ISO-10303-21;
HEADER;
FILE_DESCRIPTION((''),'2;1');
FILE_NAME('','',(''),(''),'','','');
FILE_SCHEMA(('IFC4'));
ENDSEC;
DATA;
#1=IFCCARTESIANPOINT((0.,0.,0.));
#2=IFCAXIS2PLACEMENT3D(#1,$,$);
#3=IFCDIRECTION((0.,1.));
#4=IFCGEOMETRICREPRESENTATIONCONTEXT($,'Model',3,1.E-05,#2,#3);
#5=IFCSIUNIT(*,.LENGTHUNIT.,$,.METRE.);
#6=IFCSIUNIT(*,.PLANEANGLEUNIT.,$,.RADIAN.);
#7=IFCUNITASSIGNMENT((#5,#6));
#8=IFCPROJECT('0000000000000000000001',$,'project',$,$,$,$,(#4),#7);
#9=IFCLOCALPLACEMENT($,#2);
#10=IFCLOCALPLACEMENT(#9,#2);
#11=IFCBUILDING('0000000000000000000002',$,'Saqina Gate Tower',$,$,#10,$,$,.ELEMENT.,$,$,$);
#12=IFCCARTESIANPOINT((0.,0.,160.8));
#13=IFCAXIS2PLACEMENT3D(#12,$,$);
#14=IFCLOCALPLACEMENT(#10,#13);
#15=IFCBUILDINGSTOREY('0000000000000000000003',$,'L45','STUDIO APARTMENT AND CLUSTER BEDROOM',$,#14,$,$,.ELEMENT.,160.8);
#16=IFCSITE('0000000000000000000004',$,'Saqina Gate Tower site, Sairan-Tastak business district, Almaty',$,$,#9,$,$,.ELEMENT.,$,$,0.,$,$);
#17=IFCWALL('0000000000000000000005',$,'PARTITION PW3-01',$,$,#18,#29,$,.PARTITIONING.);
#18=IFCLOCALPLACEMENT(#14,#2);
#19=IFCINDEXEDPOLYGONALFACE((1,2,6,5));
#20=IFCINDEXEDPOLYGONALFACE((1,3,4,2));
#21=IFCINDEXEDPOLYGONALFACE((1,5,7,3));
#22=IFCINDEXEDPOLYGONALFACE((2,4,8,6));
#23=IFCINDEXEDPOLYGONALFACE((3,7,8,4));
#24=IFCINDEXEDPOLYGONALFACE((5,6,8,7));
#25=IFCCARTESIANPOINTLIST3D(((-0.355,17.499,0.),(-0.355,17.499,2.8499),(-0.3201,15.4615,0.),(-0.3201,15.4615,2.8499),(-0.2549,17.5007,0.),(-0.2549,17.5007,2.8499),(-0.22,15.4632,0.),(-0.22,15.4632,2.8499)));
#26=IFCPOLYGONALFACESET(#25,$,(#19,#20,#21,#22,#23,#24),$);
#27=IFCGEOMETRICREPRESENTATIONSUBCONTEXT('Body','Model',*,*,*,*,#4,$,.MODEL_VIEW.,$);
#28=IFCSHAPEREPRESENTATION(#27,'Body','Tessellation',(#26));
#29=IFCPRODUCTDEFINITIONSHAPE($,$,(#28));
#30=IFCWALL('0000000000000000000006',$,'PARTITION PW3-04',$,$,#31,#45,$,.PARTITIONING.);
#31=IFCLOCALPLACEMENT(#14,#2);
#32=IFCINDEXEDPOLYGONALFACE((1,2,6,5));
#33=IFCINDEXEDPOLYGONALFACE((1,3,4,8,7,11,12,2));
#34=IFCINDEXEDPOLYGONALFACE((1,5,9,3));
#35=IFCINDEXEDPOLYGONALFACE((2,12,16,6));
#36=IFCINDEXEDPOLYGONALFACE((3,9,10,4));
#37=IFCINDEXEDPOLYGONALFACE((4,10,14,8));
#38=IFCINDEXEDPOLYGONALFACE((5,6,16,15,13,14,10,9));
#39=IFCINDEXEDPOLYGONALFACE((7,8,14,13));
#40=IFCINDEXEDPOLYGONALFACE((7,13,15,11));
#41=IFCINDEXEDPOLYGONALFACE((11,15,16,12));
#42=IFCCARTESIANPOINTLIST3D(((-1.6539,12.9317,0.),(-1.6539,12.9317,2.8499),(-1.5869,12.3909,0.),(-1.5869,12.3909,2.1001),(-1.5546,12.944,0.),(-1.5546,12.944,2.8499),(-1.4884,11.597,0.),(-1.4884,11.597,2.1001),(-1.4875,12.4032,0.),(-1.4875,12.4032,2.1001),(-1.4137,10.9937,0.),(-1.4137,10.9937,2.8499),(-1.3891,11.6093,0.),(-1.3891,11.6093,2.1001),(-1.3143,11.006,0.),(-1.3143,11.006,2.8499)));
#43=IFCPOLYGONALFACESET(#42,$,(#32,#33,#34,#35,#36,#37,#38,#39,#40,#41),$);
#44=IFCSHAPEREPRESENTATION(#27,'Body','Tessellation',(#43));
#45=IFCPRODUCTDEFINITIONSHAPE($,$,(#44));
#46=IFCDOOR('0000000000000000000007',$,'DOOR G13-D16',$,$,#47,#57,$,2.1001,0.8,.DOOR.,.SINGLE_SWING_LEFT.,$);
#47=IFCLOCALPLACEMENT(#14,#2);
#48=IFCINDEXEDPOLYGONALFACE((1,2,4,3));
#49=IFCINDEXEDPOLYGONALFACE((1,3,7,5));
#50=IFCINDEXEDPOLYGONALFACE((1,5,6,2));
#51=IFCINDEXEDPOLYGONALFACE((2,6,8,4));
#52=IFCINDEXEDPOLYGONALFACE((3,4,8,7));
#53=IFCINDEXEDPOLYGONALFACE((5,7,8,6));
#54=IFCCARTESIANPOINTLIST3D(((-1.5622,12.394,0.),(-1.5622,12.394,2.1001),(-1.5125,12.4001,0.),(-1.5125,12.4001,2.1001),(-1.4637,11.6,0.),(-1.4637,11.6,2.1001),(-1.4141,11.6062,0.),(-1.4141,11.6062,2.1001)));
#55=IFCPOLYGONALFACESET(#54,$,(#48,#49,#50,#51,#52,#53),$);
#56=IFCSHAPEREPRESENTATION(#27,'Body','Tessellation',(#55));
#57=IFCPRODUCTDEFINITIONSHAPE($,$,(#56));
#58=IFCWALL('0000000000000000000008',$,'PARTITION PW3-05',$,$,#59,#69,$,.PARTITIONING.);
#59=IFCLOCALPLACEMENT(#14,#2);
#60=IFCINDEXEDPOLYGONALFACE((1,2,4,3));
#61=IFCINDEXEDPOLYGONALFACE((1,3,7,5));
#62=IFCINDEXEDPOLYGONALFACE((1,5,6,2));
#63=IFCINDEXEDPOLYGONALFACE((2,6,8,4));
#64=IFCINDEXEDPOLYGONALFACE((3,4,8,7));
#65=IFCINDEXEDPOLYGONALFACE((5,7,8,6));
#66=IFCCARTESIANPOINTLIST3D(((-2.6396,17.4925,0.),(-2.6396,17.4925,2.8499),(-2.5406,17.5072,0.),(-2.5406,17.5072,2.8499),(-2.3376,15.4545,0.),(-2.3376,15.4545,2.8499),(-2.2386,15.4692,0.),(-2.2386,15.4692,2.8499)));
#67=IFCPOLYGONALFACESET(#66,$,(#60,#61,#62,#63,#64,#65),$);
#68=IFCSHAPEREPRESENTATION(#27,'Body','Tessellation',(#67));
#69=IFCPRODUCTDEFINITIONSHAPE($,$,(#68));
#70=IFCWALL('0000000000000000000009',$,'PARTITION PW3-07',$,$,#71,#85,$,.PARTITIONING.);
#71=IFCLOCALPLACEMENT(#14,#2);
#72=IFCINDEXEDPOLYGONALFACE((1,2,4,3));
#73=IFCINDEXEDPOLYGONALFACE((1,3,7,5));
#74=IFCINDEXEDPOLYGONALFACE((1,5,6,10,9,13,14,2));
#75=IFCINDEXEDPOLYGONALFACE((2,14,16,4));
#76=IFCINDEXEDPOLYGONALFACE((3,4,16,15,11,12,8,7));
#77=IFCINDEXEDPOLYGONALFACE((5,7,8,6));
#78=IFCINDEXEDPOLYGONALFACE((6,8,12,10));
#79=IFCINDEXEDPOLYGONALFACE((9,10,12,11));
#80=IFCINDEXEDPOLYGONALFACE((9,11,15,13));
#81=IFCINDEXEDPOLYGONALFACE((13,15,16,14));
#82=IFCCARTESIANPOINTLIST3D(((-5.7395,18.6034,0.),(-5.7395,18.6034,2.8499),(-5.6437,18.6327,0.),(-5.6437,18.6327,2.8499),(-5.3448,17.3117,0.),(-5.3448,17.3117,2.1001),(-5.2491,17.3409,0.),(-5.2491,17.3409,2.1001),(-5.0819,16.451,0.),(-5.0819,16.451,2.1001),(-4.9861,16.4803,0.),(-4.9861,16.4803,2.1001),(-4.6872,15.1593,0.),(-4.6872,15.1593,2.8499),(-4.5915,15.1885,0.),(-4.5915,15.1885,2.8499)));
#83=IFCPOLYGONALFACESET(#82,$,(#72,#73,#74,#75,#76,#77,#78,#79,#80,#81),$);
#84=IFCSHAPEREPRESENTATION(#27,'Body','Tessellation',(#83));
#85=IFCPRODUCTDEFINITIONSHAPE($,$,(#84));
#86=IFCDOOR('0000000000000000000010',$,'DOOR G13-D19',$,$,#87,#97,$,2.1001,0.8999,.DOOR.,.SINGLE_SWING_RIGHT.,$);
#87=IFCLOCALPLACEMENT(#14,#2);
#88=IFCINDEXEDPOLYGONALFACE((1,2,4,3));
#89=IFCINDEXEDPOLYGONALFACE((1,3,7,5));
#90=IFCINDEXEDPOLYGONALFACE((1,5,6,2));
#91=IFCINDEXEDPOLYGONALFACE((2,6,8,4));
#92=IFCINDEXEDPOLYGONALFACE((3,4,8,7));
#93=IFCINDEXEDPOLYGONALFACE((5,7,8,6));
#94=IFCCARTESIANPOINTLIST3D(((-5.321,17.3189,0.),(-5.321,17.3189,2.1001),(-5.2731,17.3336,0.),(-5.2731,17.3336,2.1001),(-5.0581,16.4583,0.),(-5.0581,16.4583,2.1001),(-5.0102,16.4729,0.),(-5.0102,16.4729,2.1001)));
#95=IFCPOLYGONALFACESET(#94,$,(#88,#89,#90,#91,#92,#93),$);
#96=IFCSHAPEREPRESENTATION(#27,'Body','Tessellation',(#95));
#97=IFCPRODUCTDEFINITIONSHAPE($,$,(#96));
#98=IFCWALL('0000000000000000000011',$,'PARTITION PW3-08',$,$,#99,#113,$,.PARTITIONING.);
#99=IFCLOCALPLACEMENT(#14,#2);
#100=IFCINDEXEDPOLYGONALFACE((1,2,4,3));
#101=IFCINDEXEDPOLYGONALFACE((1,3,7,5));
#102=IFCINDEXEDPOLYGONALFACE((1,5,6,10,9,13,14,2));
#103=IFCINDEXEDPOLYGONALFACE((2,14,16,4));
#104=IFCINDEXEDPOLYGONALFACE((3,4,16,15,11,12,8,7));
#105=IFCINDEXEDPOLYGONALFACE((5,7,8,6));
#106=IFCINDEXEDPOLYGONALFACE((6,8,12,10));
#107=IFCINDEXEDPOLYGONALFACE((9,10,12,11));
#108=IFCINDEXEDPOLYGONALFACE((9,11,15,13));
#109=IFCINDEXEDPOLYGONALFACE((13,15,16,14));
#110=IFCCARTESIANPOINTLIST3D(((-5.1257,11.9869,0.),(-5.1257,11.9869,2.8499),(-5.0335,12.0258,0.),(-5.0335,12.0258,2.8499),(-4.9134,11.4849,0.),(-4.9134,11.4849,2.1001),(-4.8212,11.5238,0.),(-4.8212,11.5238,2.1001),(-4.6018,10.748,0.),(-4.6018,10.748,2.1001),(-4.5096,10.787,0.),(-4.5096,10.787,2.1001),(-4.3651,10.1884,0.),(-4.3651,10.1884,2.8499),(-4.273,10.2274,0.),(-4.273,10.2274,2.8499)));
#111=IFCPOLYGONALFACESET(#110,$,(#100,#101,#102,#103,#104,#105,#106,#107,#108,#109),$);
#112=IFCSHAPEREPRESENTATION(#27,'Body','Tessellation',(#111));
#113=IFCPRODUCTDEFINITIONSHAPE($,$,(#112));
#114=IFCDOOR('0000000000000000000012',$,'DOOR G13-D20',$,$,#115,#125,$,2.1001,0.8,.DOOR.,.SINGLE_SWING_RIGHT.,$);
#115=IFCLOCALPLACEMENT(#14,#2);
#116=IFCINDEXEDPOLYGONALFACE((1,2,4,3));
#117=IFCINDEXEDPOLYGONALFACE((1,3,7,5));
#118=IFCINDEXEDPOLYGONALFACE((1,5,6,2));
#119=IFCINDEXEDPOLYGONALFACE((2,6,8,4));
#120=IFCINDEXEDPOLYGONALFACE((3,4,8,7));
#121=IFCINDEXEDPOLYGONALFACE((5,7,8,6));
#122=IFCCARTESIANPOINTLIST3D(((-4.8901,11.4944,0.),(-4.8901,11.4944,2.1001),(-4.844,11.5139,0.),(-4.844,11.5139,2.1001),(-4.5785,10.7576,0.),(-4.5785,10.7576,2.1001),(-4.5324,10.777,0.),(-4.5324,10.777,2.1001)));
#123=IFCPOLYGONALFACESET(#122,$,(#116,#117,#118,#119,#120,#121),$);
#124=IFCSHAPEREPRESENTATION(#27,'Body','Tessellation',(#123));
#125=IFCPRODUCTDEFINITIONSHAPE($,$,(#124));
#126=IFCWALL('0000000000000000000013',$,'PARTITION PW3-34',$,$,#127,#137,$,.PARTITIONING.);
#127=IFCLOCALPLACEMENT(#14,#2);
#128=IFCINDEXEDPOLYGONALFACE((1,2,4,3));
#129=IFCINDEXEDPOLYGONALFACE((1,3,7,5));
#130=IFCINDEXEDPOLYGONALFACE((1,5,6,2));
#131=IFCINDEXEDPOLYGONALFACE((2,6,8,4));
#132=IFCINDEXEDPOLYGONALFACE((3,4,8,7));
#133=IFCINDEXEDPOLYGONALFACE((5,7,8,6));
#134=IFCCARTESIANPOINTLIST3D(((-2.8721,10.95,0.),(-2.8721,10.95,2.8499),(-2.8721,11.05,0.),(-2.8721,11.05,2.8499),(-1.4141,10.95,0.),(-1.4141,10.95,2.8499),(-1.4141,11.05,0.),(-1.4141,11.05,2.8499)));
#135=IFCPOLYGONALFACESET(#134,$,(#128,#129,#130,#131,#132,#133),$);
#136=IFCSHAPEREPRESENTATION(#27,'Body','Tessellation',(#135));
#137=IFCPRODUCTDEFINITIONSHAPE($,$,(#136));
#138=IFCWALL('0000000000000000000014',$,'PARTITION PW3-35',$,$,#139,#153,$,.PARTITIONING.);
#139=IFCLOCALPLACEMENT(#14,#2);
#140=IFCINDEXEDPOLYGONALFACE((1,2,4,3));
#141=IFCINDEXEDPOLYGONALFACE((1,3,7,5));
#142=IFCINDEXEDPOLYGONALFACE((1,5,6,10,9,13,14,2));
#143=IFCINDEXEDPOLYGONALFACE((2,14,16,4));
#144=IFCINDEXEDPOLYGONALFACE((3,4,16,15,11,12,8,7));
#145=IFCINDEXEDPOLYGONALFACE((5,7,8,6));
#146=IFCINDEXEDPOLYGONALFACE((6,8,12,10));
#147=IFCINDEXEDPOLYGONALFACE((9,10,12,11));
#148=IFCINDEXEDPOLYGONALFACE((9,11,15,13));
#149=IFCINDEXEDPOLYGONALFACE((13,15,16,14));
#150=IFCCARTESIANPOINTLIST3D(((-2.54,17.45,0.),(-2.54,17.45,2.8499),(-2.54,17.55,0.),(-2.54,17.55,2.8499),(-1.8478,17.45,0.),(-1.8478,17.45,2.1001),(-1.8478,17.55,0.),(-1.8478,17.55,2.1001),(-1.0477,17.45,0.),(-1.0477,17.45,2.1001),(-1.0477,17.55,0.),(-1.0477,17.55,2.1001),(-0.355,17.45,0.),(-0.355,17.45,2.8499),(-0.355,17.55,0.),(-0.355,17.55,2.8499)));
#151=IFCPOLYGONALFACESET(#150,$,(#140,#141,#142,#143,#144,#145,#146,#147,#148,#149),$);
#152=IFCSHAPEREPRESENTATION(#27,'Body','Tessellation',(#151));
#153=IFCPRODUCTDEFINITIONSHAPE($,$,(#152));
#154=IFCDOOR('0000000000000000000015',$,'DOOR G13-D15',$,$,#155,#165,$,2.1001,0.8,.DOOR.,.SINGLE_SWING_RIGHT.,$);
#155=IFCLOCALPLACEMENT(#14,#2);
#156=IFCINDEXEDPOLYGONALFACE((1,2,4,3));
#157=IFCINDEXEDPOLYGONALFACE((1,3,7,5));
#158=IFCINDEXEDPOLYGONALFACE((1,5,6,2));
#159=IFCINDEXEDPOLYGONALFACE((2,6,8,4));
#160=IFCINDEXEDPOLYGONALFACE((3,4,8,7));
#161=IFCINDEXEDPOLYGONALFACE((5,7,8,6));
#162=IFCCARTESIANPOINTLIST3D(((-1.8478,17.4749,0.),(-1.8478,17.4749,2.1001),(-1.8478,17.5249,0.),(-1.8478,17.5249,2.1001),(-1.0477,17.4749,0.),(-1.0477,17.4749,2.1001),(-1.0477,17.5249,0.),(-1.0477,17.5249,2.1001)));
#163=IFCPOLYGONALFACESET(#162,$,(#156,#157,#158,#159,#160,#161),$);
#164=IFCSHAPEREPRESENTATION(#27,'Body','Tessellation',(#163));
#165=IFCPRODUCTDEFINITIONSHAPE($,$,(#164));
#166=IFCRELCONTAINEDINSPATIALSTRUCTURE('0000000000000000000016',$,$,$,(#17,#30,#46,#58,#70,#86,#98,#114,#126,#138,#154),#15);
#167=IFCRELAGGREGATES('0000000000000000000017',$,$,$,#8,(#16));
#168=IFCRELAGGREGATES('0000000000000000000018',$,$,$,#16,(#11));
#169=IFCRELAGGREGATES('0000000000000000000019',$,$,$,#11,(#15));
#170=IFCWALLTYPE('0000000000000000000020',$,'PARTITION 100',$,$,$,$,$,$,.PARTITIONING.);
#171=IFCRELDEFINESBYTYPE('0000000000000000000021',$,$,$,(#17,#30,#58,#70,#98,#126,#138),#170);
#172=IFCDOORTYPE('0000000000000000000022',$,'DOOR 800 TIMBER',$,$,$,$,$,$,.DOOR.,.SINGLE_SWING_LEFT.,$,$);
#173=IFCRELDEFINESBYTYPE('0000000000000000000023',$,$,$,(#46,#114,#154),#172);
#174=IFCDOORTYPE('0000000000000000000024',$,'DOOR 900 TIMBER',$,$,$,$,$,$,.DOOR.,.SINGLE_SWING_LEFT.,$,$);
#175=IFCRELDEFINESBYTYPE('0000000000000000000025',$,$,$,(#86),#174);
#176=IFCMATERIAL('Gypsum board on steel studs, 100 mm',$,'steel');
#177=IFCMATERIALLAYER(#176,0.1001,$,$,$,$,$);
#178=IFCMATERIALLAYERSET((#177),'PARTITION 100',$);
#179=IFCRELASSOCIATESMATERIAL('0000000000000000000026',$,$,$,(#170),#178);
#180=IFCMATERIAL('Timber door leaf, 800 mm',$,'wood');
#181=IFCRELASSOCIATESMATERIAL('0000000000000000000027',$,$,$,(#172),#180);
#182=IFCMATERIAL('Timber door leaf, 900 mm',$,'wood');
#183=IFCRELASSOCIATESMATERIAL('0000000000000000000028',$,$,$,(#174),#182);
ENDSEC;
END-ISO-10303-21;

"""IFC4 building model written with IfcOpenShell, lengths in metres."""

from ifc_helpers import new_model, si_unit, direction, frame, frame_2d, origin, place, context, subcontext, project, spatial, rectangle, extrude, material, layer, layer_set, type_object, element, fill, save


model = new_model("IFC4")

# Units and contexts
model_context = context("Model", 3, precision=1e-05, world=origin(), true_north=direction((0.0, 1.0)))
body_context = subcontext(model_context, "Body", "Model", "MODEL_VIEW")
ifc_project = project(units=[si_unit("LENGTHUNIT", "METRE"), si_unit("PLANEANGLEUNIT", "RADIAN")], contexts=[model_context])

# Site, building, storey
site_placement = place(None, origin())
site = spatial("IfcSite", under=ifc_project, at=site_placement, Name="Saqina Gate Tower site, Sairan-Tastak business district, Almaty", CompositionType="ELEMENT", RefElevation=0.0)
building_placement = place(site_placement, origin())
building = spatial("IfcBuilding", under=site, at=building_placement, Name="Saqina Gate Tower", CompositionType="ELEMENT")
storey_placement = place(building_placement, frame((0.0, 0.0, 160.8)))
storey = spatial("IfcBuildingStorey", under=building, at=storey_placement, Name="L45", Description="STUDIO APARTMENT AND CLUSTER BEDROOM", CompositionType="ELEMENT", Elevation=160.8)

# Wall
ifc_material_1 = material(Name="Gypsum board on steel studs, 100 mm", Category="steel")
ifc_layer_1 = layer(ifc_material_1, 0.1001)
ifc_layer_set_1 = layer_set([ifc_layer_1], Name="PARTITION 100")
wall_type_1 = type_object("IfcWallType", Name="PARTITION 100", PredefinedType="PARTITIONING", material=ifc_layer_set_1)
wall_1_placement = place(storey_placement, frame((-0.3049, 17.5, 0.0), z_axis=(0.0, 0.0, 1.0), x_axis=(0.017131, -0.999853, 0.0)))
element("IfcWall", 1, at=wall_1_placement, inside=storey, type_object=wall_type_1, Name="PARTITION PW3-01", PredefinedType="PARTITIONING", context=body_context, shape_type="SweptSolid", body=[
    extrude(rectangle(XDim=2.0378, YDim=0.1001, at=frame_2d((1.019, 0.0))), origin(), (0.0, 0.0, 1.0), 2.8499),
])

# Wall, opening, door
wall_2_placement = place(storey_placement, frame((-1.6042, 12.938, 0.0), z_axis=(0.0, 0.0, 1.0), x_axis=(0.123019, -0.992404, 0.0)))
wall_2 = element("IfcWall", 2, at=wall_2_placement, inside=storey, type_object=wall_type_1, Name="PARTITION PW3-04", PredefinedType="PARTITIONING", context=body_context, shape_type="SweptSolid", body=[
    extrude(rectangle(XDim=1.9529, YDim=0.1001, at=frame_2d((0.9766, 0.0))), origin(), (0.0, 0.0, 1.0), 2.8499),
])
opening_1_placement = place(wall_2_placement, frame((0.5452, 0.0, 0.0)))
opening_1 = element("IfcOpeningElement", 3, at=opening_1_placement, cuts=wall_2, PredefinedType="OPENING", context=body_context, shape_type="SweptSolid", body=[
    extrude(rectangle(XDim=0.8, YDim=2.1001, at=frame_2d((0.3999, 1.05))), frame((0.0, 0.062, 0.0), z_axis=(0.0, -1.0, 0.0), x_axis=(1.0, 0.0, 0.0)), (0.0, 0.0, 1.0), 0.124),
])
ifc_material_2 = material(Name="Timber door leaf, 800 mm", Category="wood")
door_type_1 = type_object("IfcDoorType", Name="DOOR 800 TIMBER", OperationType="SINGLE_SWING_LEFT", PredefinedType="DOOR", material=ifc_material_2)
door_1_placement = place(opening_1_placement, origin())
door_1 = element("IfcDoor", 4, at=door_1_placement, inside=storey, type_object=door_type_1, Name="DOOR G13-D16", OperationType="SINGLE_SWING_LEFT", OverallHeight=2.1001, OverallWidth=0.8, PredefinedType="DOOR", context=body_context, shape_type="SweptSolid", body=[
    extrude(rectangle(XDim=0.8, YDim=2.1001, at=frame_2d((0.3999, 1.05))), frame((0.0, 0.0249, 0.0), z_axis=(0.0, -1.0, 0.0), x_axis=(1.0, 0.0, 0.0)), (0.0, 0.0, 1.0), 0.05),
])
fill(opening_1, door_1)

# Wall
wall_3_placement = place(storey_placement, frame((-2.5901, 17.5, 0.0), z_axis=(0.0, 0.0, 1.0), x_axis=(0.146579, -0.989199, 0.0)))
element("IfcWall", 5, at=wall_3_placement, inside=storey, type_object=wall_type_1, Name="PARTITION PW3-05", PredefinedType="PARTITIONING", context=body_context, shape_type="SweptSolid", body=[
    extrude(rectangle(XDim=2.0603, YDim=0.1001, at=frame_2d((1.0303, 0.0))), origin(), (0.0, 0.0, 1.0), 2.8499),
])

# Walls, openings, doors
wall_4_placement = place(storey_placement, frame((-5.6917, 18.6182, 0.0), z_axis=(0.0, 0.0, 1.0), x_axis=(0.292189, -0.956361, 0.0)))
wall_4 = element("IfcWall", 6, at=wall_4_placement, inside=storey, type_object=wall_type_1, Name="PARTITION PW3-07", PredefinedType="PARTITIONING", context=body_context, shape_type="SweptSolid", body=[
    extrude(rectangle(XDim=3.6013, YDim=0.1001, at=frame_2d((1.8008, 0.0))), origin(), (0.0, 0.0, 1.0), 2.8499),
])
opening_2_placement = place(wall_4_placement, frame((1.3508, 0.0, 0.0)))
opening_2 = element("IfcOpeningElement", 7, at=opening_2_placement, cuts=wall_4, PredefinedType="OPENING", context=body_context, shape_type="SweptSolid", body=[
    extrude(rectangle(XDim=0.8999, YDim=2.1001, at=frame_2d((0.45, 1.05))), frame((0.0, 0.062, 0.0), z_axis=(0.0, -1.0, 0.0), x_axis=(1.0, 0.0, 0.0)), (0.0, 0.0, 1.0), 0.124),
])
ifc_material_3 = material(Name="Timber door leaf, 900 mm", Category="wood")
door_type_2 = type_object("IfcDoorType", Name="DOOR 900 TIMBER", OperationType="SINGLE_SWING_LEFT", PredefinedType="DOOR", material=ifc_material_3)
door_2_placement = place(opening_2_placement, origin())
door_2 = element("IfcDoor", 8, at=door_2_placement, inside=storey, type_object=door_type_2, Name="DOOR G13-D19", OperationType="SINGLE_SWING_RIGHT", OverallHeight=2.1001, OverallWidth=0.8999, PredefinedType="DOOR", context=body_context, shape_type="SweptSolid", body=[
    extrude(rectangle(XDim=0.8999, YDim=2.1001, at=frame_2d((0.45, 1.05))), frame((0.0, 0.0249, 0.0), z_axis=(0.0, -1.0, 0.0), x_axis=(1.0, 0.0, 0.0)), (0.0, 0.0, 1.0), 0.05),
])
fill(opening_2, door_2)
wall_5_placement = place(storey_placement, frame((-5.0796, 12.0063, 0.0), z_axis=(0.0, 0.0, 1.0), x_axis=(0.389493, -0.921029, 0.0)))
wall_5 = element("IfcWall", 9, at=wall_5_placement, inside=storey, type_object=wall_type_1, Name="PARTITION PW3-08", PredefinedType="PARTITIONING", context=body_context, shape_type="SweptSolid", body=[
    extrude(rectangle(XDim=1.9526, YDim=0.1001, at=frame_2d((0.9763, 0.0))), origin(), (0.0, 0.0, 1.0), 2.8499),
])
opening_3_placement = place(wall_5_placement, frame((0.5452, 0.0, 0.0)))
opening_3 = element("IfcOpeningElement", 10, at=opening_3_placement, cuts=wall_5, PredefinedType="OPENING", context=body_context, shape_type="SweptSolid", body=[
    extrude(rectangle(XDim=0.8, YDim=2.1001, at=frame_2d((0.3999, 1.05))), frame((0.0, 0.062, 0.0), z_axis=(0.0, -1.0, 0.0), x_axis=(1.0, 0.0, 0.0)), (0.0, 0.0, 1.0), 0.124),
])
door_3_placement = place(opening_3_placement, frame((0.8, 0.0, 0.0), z_axis=(0.0, 0.0, 1.0), x_axis=(-1.0, 0.0, 0.0)))
door_3 = element("IfcDoor", 11, at=door_3_placement, inside=storey, type_object=door_type_1, Name="DOOR G13-D20", OperationType="SINGLE_SWING_RIGHT", OverallHeight=2.1001, OverallWidth=0.8, PredefinedType="DOOR", context=body_context, shape_type="SweptSolid", body=[
    extrude(rectangle(XDim=0.8, YDim=2.1001, at=frame_2d((0.3999, 1.05))), frame((0.0, 0.0249, 0.0), z_axis=(0.0, -1.0, 0.0), x_axis=(1.0, 0.0, 0.0)), (0.0, 0.0, 1.0), 0.05),
])
fill(opening_3, door_3)

# Wall
wall_6_placement = place(storey_placement, frame((-2.8721, 11.0, 0.0), z_axis=(0.0, 0.0, 1.0), x_axis=(1.0, 0.0, 0.0)))
element("IfcWall", 12, at=wall_6_placement, inside=storey, type_object=wall_type_1, Name="PARTITION PW3-34", PredefinedType="PARTITIONING", context=body_context, shape_type="SweptSolid", body=[
    extrude(rectangle(XDim=1.458, YDim=0.1001, at=frame_2d((0.729, 0.0))), origin(), (0.0, 0.0, 1.0), 2.8499),
])

# Wall, opening, door
wall_7_placement = place(storey_placement, frame((-2.54, 17.5, 0.0), z_axis=(0.0, 0.0, 1.0), x_axis=(1.0, 0.0, 0.0)))
wall_7 = element("IfcWall", 13, at=wall_7_placement, inside=storey, type_object=wall_type_1, Name="PARTITION PW3-35", PredefinedType="PARTITIONING", context=body_context, shape_type="SweptSolid", body=[
    extrude(rectangle(XDim=2.1851, YDim=0.1001, at=frame_2d((1.0925, 0.0))), origin(), (0.0, 0.0, 1.0), 2.8499),
])
opening_4_placement = place(wall_7_placement, frame((0.6924, 0.0, 0.0)))
opening_4 = element("IfcOpeningElement", 14, at=opening_4_placement, cuts=wall_7, PredefinedType="OPENING", context=body_context, shape_type="SweptSolid", body=[
    extrude(rectangle(XDim=0.8, YDim=2.1001, at=frame_2d((0.3999, 1.05))), frame((0.0, 0.062, 0.0), z_axis=(0.0, -1.0, 0.0), x_axis=(1.0, 0.0, 0.0)), (0.0, 0.0, 1.0), 0.124),
])
door_4_placement = place(opening_4_placement, origin())
door_4 = element("IfcDoor", 15, at=door_4_placement, inside=storey, type_object=door_type_1, Name="DOOR G13-D15", OperationType="SINGLE_SWING_RIGHT", OverallHeight=2.1001, OverallWidth=0.8, PredefinedType="DOOR", context=body_context, shape_type="SweptSolid", body=[
    extrude(rectangle(XDim=0.8, YDim=2.1001, at=frame_2d((0.3999, 1.05))), frame((0.0, 0.0249, 0.0), z_axis=(0.0, -1.0, 0.0), x_axis=(1.0, 0.0, 0.0)), (0.0, 0.0, 1.0), 0.05),
])
fill(opening_4, door_4)

save(model, "model.ifc")
